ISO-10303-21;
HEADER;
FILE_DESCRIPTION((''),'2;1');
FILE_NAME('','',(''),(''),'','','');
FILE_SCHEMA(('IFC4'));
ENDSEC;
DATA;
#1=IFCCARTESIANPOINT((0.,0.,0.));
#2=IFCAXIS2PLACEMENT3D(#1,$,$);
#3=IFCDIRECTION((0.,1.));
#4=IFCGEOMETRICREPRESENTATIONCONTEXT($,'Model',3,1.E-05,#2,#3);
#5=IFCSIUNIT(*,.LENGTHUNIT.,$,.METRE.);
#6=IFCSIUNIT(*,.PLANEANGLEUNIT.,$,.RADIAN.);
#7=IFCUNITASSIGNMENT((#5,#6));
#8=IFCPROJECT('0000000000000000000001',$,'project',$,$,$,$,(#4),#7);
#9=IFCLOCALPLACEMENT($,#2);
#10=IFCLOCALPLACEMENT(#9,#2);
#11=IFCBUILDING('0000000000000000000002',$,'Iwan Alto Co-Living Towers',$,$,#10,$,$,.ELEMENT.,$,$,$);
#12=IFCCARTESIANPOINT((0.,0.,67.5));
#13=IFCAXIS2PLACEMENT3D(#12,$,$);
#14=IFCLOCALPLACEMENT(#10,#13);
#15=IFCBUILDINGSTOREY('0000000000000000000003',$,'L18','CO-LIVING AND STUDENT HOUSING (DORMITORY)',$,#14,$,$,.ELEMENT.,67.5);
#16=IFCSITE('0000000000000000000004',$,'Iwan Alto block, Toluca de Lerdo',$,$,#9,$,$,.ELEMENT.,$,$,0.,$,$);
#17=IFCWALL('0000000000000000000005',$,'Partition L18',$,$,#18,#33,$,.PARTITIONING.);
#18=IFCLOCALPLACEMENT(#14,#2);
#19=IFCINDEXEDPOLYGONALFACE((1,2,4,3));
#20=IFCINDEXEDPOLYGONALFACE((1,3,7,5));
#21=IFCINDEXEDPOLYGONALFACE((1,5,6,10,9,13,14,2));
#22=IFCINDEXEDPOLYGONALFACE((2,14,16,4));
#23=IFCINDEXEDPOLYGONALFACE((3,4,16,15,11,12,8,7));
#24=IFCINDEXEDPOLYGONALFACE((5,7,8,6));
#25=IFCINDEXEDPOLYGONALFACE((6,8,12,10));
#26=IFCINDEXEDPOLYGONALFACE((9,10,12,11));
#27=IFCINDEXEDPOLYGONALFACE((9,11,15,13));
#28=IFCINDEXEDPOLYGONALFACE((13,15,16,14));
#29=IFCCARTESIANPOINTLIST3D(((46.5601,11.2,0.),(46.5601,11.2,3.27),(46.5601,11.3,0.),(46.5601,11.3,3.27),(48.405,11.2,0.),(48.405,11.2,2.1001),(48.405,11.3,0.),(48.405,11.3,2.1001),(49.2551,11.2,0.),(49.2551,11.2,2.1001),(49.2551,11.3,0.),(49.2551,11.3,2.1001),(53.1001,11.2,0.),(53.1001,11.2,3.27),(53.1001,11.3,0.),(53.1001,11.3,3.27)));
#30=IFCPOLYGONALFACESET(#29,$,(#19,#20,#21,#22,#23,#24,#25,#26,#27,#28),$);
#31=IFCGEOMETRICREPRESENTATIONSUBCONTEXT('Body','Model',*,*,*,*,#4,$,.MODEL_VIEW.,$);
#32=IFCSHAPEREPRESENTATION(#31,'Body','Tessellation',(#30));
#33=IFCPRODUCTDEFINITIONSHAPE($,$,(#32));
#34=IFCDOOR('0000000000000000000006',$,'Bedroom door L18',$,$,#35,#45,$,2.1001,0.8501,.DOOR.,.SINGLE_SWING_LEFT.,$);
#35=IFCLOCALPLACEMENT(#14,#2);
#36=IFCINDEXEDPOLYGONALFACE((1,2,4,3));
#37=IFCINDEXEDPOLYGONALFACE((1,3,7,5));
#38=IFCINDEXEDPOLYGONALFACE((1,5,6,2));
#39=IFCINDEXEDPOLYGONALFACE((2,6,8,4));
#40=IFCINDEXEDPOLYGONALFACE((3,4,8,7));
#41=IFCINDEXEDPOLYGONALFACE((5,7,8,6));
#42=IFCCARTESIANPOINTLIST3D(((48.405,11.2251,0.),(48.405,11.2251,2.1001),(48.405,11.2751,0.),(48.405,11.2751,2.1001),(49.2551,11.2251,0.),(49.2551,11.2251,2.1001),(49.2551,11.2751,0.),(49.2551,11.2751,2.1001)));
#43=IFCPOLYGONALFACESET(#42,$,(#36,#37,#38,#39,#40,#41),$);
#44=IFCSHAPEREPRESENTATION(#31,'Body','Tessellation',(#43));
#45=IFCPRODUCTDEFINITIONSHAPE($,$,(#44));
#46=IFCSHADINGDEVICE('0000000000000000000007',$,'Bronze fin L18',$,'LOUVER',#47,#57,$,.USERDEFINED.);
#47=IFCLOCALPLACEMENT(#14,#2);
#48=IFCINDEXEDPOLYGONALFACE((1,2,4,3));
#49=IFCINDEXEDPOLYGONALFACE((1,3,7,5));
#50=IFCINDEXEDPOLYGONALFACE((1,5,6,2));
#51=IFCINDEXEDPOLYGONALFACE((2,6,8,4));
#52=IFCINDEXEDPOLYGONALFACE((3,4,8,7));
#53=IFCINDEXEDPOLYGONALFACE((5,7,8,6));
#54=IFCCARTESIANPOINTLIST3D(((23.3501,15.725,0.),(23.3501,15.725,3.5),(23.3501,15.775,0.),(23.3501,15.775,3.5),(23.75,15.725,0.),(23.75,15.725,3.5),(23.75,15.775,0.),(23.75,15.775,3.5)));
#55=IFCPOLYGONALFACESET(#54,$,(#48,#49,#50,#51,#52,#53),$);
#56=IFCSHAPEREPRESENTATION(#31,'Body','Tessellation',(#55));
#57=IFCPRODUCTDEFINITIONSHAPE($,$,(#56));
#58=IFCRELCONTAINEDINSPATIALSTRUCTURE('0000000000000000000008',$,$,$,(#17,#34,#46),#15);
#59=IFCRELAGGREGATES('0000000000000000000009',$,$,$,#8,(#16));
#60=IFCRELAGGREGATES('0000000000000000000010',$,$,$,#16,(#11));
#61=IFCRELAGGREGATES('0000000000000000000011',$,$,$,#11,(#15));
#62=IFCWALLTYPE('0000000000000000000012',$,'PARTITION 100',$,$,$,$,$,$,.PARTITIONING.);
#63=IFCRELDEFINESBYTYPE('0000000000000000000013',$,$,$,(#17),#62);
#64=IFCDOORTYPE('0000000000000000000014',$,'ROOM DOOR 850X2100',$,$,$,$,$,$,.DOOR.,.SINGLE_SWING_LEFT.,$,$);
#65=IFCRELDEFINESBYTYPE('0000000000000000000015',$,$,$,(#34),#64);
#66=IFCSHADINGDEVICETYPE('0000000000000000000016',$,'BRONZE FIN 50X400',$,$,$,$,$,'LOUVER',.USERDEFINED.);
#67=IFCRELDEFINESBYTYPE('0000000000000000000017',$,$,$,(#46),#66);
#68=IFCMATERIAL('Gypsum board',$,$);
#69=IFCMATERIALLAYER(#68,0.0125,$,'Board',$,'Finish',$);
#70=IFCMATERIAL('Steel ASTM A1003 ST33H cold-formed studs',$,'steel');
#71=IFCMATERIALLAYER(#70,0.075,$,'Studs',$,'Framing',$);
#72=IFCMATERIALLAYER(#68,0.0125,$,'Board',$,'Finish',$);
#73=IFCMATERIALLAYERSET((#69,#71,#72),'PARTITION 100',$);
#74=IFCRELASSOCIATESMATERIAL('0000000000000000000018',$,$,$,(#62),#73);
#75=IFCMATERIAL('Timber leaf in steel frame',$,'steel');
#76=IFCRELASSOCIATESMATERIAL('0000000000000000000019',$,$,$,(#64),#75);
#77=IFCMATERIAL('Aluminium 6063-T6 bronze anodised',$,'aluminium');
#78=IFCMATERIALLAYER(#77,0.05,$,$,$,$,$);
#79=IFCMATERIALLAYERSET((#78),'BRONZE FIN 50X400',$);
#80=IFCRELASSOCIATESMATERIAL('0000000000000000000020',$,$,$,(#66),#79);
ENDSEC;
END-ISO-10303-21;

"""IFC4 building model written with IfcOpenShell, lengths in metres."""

from ifc_helpers import new_model, si_unit, direction, frame, frame_2d, origin, origin_2d, place, context, subcontext, project, spatial, rectangle, extrude, material, layer, layer_set, type_object, element, fill, save


model = new_model("IFC4")

# Units and contexts
model_context = context("Model", 3, precision=1e-05, world=origin(), true_north=direction((0.0, 1.0)))
body_context = subcontext(model_context, "Body", "Model", "MODEL_VIEW")
ifc_project = project(units=[si_unit("LENGTHUNIT", "METRE"), si_unit("PLANEANGLEUNIT", "RADIAN")], contexts=[model_context])

# Site, building, storey
site_placement = place(None, origin())
site = spatial("IfcSite", under=ifc_project, at=site_placement, Name="Iwan Alto block, Toluca de Lerdo", CompositionType="ELEMENT", RefElevation=0.0)
building_placement = place(site_placement, origin())
building = spatial("IfcBuilding", under=site, at=building_placement, Name="Iwan Alto Co-Living Towers", CompositionType="ELEMENT")
storey_placement = place(building_placement, frame((0.0, 0.0, 67.5)))
storey = spatial("IfcBuildingStorey", under=building, at=storey_placement, Name="L18", Description="CO-LIVING AND STUDENT HOUSING (DORMITORY)", CompositionType="ELEMENT", Elevation=67.5)

# Wall, opening, door
ifc_material_1 = material(Name="Gypsum board")
ifc_layer_1 = layer(ifc_material_1, 0.0125, Name="Board", Category="Finish")
ifc_material_2 = material(Name="Steel ASTM A1003 ST33H cold-formed studs", Category="steel")
ifc_layer_2 = layer(ifc_material_2, 0.075, Name="Studs", Category="Framing")
ifc_layer_3 = layer(ifc_material_1, 0.0125, Name="Board", Category="Finish")
ifc_layer_set_1 = layer_set([ifc_layer_1, ifc_layer_2, ifc_layer_3], Name="PARTITION 100")
wall_type = type_object("IfcWallType", Name="PARTITION 100", PredefinedType="PARTITIONING", material=ifc_layer_set_1)
wall_placement = place(storey_placement, frame((46.5601, 11.25, 0.0), z_axis=(0.0, 0.0, 1.0), x_axis=(1.0, 0.0, 0.0)))
wall = element("IfcWall", 1, at=wall_placement, inside=storey, type_object=wall_type, Name="Partition L18", PredefinedType="PARTITIONING", context=body_context, shape_type="SweptSolid", body=[
    extrude(rectangle(XDim=6.54, YDim=0.1001, at=frame_2d((3.27, 0.0))), origin(), (0.0, 0.0, 1.0), 3.27),
])
opening_placement = place(wall_placement, frame((1.845, 0.0, 0.0)))
opening = element("IfcOpeningElement", 2, at=opening_placement, cuts=wall, PredefinedType="OPENING", context=body_context, shape_type="SweptSolid", body=[
    extrude(rectangle(XDim=0.8501, YDim=2.1001, at=frame_2d((0.425, 1.05))), frame((0.0, 0.0601, 0.0), z_axis=(0.0, -1.0, 0.0), x_axis=(1.0, 0.0, 0.0)), (0.0, 0.0, 1.0), 0.1201),
])
ifc_material_3 = material(Name="Timber leaf in steel frame", Category="steel")
door_type = type_object("IfcDoorType", Name="ROOM DOOR 850X2100", OperationType="SINGLE_SWING_LEFT", PredefinedType="DOOR", material=ifc_material_3)
door_placement = place(opening_placement, frame((0.8501, 0.0, 0.0), z_axis=(0.0, 0.0, 1.0), x_axis=(-1.0, 0.0, 0.0)))
door = element("IfcDoor", 3, at=door_placement, inside=storey, type_object=door_type, Name="Bedroom door L18", OperationType="SINGLE_SWING_LEFT", OverallHeight=2.1001, OverallWidth=0.8501, PredefinedType="DOOR", context=body_context, shape_type="SweptSolid", body=[
    extrude(rectangle(XDim=0.8501, YDim=2.1001, at=frame_2d((0.425, 1.05))), frame((0.0, 0.0249, 0.0), z_axis=(0.0, -1.0, 0.0), x_axis=(1.0, 0.0, 0.0)), (0.0, 0.0, 1.0), 0.05),
])
fill(opening, door)

# Shading device
ifc_material_4 = material(Name="Aluminium 6063-T6 bronze anodised", Category="aluminium")
ifc_layer_4 = layer(ifc_material_4, 0.05)
ifc_layer_set_2 = layer_set([ifc_layer_4], Name="BRONZE FIN 50X400")
shading_device_type = type_object("IfcShadingDeviceType", Name="BRONZE FIN 50X400", ElementType="LOUVER", PredefinedType="USERDEFINED", material=ifc_layer_set_2)
shading_device_placement = place(storey_placement, frame((23.55, 15.75, 0.0), z_axis=(0.0, 0.0, 1.0), x_axis=(0.0, 1.0, 0.0)))
element("IfcShadingDevice", 4, at=shading_device_placement, inside=storey, type_object=shading_device_type, Name="Bronze fin L18", ObjectType="LOUVER", PredefinedType="USERDEFINED", context=body_context, shape_type="SweptSolid", body=[
    extrude(rectangle(XDim=0.05, YDim=0.3999, at=origin_2d()), origin(), (0.0, 0.0, 1.0), 3.5),
])

save(model, "model.ifc")
